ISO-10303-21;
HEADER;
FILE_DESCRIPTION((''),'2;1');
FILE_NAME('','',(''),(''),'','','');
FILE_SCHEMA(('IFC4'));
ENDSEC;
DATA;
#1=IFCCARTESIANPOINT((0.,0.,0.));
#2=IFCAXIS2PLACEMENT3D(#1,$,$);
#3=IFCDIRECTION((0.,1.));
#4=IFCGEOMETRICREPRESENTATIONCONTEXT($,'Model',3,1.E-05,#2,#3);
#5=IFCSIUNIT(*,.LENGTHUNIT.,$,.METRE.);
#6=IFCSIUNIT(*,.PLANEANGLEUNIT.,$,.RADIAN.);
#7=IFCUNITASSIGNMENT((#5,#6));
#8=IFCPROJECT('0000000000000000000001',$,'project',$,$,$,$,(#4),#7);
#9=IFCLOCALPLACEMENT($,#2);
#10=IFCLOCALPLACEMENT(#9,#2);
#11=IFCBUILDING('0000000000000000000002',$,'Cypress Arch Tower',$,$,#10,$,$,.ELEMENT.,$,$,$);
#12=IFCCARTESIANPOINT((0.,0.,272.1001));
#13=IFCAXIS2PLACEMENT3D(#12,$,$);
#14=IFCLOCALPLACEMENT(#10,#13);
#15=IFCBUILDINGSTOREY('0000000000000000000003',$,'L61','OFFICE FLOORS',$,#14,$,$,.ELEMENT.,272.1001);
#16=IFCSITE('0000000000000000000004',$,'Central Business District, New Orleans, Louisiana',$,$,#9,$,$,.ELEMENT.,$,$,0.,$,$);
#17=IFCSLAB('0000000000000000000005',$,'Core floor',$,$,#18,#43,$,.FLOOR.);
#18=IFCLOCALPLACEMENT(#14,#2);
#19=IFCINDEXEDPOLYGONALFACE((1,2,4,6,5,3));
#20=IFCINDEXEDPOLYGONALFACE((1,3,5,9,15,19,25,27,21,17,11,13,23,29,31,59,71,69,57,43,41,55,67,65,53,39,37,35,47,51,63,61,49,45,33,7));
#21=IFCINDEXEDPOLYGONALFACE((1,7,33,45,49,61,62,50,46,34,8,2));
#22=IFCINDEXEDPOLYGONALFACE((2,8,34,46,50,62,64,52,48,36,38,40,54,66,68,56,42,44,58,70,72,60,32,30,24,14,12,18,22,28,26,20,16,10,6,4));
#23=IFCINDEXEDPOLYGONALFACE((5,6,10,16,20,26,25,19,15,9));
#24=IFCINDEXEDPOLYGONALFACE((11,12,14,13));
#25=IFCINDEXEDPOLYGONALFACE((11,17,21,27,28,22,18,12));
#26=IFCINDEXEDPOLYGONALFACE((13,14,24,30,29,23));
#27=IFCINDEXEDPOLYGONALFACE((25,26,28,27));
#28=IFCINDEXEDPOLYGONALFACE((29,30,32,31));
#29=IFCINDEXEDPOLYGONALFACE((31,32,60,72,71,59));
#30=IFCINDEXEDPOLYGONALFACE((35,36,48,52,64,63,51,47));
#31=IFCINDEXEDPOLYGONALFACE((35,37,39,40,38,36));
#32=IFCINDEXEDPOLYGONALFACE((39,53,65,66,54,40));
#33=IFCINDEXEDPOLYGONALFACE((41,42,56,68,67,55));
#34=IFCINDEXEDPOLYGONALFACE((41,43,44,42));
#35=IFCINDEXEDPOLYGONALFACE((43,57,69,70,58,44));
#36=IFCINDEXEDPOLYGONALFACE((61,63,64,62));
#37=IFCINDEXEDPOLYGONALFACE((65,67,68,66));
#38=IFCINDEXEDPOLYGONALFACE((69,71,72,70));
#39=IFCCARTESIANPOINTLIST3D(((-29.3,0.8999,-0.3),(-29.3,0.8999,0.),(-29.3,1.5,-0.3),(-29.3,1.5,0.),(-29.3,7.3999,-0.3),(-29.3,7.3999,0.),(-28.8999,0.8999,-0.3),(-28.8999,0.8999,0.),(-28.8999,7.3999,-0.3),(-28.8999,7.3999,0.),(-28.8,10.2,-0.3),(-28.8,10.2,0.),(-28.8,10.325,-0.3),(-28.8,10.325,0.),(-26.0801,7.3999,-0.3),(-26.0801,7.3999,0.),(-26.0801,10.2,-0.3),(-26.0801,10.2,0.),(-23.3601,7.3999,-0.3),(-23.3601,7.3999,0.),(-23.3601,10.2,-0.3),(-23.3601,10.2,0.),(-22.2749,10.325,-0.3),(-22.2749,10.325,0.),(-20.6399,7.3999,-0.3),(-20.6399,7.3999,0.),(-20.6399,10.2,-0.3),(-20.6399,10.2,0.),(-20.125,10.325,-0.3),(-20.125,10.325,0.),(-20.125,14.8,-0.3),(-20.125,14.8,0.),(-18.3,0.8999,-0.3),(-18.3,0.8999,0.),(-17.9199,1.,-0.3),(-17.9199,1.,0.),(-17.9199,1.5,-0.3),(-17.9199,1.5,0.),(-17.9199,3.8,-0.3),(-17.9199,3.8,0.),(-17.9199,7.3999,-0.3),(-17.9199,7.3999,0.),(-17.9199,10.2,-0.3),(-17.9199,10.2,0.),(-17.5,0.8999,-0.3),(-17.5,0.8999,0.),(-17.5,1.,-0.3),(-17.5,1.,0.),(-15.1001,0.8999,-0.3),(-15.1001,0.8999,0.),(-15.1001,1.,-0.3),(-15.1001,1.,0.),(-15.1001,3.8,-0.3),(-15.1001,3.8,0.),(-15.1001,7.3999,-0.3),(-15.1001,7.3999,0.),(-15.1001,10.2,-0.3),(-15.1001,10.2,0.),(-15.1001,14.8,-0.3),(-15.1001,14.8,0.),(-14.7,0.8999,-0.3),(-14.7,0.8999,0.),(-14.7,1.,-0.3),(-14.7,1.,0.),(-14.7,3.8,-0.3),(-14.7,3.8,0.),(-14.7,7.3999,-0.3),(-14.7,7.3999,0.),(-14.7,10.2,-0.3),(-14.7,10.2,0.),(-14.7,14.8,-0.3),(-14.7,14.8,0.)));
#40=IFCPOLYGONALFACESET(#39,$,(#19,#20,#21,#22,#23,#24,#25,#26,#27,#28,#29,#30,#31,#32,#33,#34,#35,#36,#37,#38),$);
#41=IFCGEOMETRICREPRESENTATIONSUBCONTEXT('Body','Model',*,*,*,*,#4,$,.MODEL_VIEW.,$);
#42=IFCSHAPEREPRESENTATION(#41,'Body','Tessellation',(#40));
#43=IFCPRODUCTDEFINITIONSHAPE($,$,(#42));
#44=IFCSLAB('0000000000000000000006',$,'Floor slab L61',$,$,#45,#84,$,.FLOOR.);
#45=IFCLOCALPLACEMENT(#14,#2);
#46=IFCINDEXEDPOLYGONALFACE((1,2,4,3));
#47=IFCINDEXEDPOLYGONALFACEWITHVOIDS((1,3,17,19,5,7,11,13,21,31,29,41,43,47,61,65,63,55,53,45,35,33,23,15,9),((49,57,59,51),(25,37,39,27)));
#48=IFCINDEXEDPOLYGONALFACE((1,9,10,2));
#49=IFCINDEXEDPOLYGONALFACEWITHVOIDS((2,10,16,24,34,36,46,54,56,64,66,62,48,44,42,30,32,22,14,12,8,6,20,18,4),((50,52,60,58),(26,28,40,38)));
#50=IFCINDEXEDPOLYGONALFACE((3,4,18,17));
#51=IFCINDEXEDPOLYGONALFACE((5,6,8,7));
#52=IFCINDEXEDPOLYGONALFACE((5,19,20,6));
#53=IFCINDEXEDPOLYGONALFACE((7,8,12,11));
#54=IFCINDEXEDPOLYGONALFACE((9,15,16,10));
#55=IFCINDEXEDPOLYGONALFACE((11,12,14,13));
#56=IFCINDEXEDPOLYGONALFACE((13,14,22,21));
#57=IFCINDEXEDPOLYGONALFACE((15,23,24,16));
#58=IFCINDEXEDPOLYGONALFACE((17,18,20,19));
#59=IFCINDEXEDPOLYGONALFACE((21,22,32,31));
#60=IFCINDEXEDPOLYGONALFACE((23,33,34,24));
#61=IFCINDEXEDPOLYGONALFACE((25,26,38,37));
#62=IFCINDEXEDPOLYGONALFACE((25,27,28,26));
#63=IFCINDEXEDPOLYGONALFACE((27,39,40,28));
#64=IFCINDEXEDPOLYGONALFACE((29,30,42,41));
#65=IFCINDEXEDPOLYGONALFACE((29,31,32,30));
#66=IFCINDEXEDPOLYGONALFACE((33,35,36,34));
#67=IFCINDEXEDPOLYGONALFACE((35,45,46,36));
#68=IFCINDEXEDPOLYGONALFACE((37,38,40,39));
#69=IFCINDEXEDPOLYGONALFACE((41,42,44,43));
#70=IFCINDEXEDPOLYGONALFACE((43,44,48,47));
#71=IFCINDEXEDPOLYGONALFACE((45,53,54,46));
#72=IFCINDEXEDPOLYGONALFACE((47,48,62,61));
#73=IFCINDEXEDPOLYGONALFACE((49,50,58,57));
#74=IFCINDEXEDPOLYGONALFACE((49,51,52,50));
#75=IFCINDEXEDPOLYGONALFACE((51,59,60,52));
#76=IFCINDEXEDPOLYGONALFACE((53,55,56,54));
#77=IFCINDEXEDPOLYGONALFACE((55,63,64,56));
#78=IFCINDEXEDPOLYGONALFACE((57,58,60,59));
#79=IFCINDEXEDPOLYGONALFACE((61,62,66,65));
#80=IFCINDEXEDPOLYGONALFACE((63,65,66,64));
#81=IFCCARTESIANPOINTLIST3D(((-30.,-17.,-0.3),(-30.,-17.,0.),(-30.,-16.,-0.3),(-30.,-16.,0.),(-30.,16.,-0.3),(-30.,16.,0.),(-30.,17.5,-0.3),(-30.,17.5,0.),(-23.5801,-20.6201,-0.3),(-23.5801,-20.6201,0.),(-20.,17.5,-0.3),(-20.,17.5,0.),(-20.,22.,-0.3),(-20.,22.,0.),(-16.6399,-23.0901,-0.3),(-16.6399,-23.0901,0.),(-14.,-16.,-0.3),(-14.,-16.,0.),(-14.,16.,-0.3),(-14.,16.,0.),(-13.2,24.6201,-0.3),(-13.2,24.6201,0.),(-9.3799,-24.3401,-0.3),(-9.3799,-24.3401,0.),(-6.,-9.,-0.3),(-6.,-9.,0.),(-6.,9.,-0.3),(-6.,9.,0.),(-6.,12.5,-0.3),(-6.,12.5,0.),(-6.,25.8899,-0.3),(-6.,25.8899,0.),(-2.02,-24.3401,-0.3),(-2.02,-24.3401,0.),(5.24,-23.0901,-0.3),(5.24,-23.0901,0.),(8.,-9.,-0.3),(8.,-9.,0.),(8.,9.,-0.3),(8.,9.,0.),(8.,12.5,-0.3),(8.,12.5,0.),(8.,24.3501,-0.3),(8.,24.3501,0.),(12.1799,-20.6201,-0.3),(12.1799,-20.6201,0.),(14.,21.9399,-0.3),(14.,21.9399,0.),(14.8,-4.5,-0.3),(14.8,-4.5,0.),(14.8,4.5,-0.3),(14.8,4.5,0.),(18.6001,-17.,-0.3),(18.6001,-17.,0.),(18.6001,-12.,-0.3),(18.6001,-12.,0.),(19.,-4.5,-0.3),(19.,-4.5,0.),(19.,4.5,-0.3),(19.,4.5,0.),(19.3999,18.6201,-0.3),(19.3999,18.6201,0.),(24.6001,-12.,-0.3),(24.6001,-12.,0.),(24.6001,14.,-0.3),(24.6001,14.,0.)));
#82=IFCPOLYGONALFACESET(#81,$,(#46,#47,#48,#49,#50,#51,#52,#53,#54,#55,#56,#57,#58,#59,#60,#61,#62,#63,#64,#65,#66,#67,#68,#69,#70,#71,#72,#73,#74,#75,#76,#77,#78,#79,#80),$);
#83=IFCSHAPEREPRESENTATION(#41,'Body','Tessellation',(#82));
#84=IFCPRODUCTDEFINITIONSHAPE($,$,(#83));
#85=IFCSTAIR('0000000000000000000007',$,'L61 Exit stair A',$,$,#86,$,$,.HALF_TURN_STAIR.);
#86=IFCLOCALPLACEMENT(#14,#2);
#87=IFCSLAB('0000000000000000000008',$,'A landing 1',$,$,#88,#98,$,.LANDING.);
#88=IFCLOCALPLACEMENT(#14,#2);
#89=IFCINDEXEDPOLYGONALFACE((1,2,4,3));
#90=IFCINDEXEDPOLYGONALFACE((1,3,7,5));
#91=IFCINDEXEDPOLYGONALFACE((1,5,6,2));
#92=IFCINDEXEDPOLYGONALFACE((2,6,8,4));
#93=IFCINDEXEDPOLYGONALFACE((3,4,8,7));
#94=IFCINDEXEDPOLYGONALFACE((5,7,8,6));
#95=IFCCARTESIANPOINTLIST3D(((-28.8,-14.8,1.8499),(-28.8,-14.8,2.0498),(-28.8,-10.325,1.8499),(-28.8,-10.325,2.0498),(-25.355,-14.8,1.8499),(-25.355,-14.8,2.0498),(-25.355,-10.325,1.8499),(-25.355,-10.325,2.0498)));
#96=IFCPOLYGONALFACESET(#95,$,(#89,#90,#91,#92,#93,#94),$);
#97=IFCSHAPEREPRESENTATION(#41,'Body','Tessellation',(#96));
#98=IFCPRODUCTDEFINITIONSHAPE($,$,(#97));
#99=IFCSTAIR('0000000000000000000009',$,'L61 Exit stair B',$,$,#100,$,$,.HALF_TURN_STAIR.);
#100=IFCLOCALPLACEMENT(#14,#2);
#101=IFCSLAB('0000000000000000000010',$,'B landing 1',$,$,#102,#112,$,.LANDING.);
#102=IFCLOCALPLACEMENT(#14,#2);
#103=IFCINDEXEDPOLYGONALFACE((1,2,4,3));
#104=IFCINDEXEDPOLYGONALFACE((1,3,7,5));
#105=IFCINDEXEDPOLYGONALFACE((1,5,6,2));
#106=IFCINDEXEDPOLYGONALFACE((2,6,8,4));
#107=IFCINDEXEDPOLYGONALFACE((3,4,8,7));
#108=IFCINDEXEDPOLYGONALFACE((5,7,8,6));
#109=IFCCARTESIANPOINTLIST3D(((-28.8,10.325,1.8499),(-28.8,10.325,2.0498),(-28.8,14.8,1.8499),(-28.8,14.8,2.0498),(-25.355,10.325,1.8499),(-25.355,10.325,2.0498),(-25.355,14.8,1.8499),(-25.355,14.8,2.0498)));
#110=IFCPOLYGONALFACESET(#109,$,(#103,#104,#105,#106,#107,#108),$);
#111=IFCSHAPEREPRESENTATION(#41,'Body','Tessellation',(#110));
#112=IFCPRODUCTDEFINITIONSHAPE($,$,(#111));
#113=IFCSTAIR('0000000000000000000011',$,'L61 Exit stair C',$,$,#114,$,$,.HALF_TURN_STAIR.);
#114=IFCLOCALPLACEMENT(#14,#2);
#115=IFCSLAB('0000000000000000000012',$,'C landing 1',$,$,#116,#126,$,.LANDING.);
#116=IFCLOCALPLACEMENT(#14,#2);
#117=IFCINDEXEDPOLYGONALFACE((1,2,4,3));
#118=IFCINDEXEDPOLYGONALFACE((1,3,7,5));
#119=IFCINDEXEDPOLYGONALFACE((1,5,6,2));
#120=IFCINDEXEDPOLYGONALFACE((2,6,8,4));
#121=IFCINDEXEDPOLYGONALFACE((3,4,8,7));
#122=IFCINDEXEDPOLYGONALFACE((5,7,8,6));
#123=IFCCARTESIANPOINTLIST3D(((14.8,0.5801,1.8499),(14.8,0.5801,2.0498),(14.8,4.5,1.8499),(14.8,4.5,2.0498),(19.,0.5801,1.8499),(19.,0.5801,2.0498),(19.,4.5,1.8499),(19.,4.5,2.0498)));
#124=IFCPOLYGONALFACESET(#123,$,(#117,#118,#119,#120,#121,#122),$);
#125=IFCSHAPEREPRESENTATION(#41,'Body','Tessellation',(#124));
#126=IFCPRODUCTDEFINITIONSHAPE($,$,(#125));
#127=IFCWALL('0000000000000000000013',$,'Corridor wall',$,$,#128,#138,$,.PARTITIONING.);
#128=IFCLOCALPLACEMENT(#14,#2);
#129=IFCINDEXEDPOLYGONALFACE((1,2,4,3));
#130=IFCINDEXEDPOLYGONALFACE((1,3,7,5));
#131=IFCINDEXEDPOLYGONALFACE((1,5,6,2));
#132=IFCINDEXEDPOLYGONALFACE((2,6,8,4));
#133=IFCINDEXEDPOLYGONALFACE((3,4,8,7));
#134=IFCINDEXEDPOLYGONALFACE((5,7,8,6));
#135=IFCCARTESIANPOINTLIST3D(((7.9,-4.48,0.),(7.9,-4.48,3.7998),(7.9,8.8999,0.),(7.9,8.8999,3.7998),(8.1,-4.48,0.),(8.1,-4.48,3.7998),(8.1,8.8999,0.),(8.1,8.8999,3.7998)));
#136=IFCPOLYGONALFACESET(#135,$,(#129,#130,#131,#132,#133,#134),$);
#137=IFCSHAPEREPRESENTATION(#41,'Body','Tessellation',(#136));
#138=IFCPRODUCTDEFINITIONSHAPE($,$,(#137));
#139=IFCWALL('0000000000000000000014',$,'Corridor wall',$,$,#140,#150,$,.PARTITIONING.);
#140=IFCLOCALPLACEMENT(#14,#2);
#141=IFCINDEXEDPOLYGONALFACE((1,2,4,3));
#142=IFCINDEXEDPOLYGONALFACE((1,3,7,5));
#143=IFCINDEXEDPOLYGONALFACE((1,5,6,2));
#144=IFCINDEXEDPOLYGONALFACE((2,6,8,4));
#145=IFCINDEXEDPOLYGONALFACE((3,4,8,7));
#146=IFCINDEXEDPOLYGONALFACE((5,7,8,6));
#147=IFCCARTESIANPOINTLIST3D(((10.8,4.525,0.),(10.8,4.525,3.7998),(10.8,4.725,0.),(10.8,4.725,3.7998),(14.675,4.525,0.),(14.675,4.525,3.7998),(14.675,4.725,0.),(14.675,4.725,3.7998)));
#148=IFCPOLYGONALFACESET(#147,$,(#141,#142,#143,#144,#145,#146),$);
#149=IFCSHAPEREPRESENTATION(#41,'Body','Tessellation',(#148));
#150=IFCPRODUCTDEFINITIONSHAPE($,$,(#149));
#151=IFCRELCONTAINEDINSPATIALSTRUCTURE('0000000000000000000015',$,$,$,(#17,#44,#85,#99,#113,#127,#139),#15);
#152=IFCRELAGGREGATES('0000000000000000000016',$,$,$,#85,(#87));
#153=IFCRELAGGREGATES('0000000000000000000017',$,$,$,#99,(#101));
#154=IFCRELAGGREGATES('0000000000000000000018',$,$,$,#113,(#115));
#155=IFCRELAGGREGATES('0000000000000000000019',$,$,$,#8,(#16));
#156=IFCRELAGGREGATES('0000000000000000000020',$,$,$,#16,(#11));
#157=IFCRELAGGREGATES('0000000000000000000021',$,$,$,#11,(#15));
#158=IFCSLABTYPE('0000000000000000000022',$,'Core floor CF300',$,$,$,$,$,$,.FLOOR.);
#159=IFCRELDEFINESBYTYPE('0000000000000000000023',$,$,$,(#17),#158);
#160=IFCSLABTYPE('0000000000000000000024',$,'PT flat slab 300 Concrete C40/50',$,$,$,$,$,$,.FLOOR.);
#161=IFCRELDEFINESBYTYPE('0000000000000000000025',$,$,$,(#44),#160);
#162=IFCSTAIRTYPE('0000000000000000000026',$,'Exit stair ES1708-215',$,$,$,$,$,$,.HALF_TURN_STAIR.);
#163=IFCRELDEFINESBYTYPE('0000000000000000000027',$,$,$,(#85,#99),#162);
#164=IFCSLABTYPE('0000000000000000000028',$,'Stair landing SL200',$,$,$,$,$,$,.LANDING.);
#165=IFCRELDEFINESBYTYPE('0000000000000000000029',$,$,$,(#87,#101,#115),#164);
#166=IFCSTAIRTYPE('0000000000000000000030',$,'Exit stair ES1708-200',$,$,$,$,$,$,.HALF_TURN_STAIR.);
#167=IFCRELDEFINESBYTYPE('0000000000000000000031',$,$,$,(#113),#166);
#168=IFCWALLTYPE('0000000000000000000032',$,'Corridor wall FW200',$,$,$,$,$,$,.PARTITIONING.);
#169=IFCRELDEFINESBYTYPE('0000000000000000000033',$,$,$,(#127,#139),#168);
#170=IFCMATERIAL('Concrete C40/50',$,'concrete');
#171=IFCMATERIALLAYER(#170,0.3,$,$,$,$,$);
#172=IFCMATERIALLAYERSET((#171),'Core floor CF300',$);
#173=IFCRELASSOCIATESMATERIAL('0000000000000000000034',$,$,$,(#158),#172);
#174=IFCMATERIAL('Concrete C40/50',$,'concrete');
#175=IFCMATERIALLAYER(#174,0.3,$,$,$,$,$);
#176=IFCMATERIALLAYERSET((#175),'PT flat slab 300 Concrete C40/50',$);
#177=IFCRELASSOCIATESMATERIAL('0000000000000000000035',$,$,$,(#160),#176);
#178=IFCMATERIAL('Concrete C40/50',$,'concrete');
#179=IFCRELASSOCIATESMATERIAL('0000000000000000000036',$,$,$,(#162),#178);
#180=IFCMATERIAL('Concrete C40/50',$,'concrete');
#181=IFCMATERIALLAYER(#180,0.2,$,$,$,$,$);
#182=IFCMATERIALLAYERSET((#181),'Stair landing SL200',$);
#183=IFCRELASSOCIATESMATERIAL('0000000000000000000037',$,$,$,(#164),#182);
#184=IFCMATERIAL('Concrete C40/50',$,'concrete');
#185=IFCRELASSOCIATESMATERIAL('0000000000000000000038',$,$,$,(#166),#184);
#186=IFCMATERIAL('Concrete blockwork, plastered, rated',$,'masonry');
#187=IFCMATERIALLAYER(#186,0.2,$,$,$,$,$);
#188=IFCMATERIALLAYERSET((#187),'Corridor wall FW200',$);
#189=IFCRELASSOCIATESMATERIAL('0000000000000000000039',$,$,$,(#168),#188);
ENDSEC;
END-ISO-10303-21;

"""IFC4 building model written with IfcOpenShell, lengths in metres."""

from ifc_helpers import new_model, si_unit, direction, frame, frame_2d, origin, place, context, subcontext, project, spatial, polyline, rectangle, outline, extrude, material, layer, layer_set, type_object, element, aggregate, save


model = new_model("IFC4")

# Units and contexts
model_context = context("Model", 3, precision=1e-05, world=origin(), true_north=direction((0.0, 1.0)))
body_context = subcontext(model_context, "Body", "Model", "MODEL_VIEW")
ifc_project = project(units=[si_unit("LENGTHUNIT", "METRE"), si_unit("PLANEANGLEUNIT", "RADIAN")], contexts=[model_context])

# Site, building, storey
site_placement = place(None, origin())
site = spatial("IfcSite", under=ifc_project, at=site_placement, Name="Central Business District, New Orleans, Louisiana", CompositionType="ELEMENT", RefElevation=0.0)
building_placement = place(site_placement, origin())
building = spatial("IfcBuilding", under=site, at=building_placement, Name="Cypress Arch Tower", CompositionType="ELEMENT")
storey_placement = place(building_placement, frame((0.0, 0.0, 272.1001)))
storey = spatial("IfcBuildingStorey", under=building, at=storey_placement, Name="L61", Description="OFFICE FLOORS", CompositionType="ELEMENT", Elevation=272.1001)

# Slabs
ifc_material_1 = material(Name="Concrete C40/50", Category="concrete")
ifc_layer_1 = layer(ifc_material_1, 0.3)
ifc_layer_set_1 = layer_set([ifc_layer_1], Name="Core floor CF300")
slab_type_1 = type_object("IfcSlabType", Name="Core floor CF300", PredefinedType="FLOOR", material=ifc_layer_set_1)
slab_1_placement = place(storey_placement, frame((0.0, 0.0, -0.3)))
element("IfcSlab", 1, at=slab_1_placement, inside=storey, type_object=slab_type_1, Name="Core floor", PredefinedType="FLOOR", context=body_context, shape_type="SweptSolid", body=[
    extrude(outline(polyline([(-20.6399, 10.2), (-23.3601, 10.2), (-26.0801, 10.2), (-28.8, 10.2), (-28.8, 10.325), (-22.2749, 10.325), (-20.125, 10.325), (-20.125, 14.8), (-15.1001, 14.8), (-14.7, 14.8), (-14.7, 10.2), (-15.1001, 10.2), (-17.9199, 10.2), (-17.9199, 7.3999), (-15.1001, 7.3999), (-14.7, 7.3999), (-14.7, 3.8), (-15.1001, 3.8), (-17.9199, 3.8), (-17.9199, 1.5), (-17.9199, 1.0), (-17.5, 1.0), (-15.1001, 1.0), (-14.7, 1.0), (-14.7, 0.8999), (-15.1001, 0.8999), (-17.5, 0.8999), (-18.3, 0.8999), (-28.8999, 0.8999), (-29.3, 0.8999), (-29.3, 1.5), (-29.3, 7.3999), (-28.8999, 7.3999), (-26.0801, 7.3999), (-23.3601, 7.3999), (-20.6399, 7.3999), (-20.6399, 10.2)])), origin(), (0.0, 0.0, 1.0), 0.3),
])
ifc_material_2 = material(Name="Concrete C40/50", Category="concrete")
ifc_layer_2 = layer(ifc_material_2, 0.3)
ifc_layer_set_2 = layer_set([ifc_layer_2], Name="PT flat slab 300 Concrete C40/50")
slab_type_2 = type_object("IfcSlabType", Name="PT flat slab 300 Concrete C40/50", PredefinedType="FLOOR", material=ifc_layer_set_2)
slab_2_placement = place(storey_placement, frame((0.0, 0.0, -0.3)))
element("IfcSlab", 2, at=slab_2_placement, inside=storey, type_object=slab_type_2, Name="Floor slab L61", PredefinedType="FLOOR", context=body_context, shape_type="SweptSolid", body=[
    extrude(outline(polyline([(-30.0, 17.5), (-20.0, 17.5), (-20.0, 22.0), (-13.2, 24.6201), (-6.0, 25.8899), (-6.0, 12.5), (8.0, 12.5), (8.0, 24.3501), (14.0, 21.9399), (19.3999, 18.6201), (24.6001, 14.0), (24.6001, -12.0), (18.6001, -12.0), (18.6001, -17.0), (12.1799, -20.6201), (5.24, -23.0901), (-2.02, -24.3401), (-9.3799, -24.3401), (-16.6399, -23.0901), (-23.5801, -20.6201), (-30.0, -17.0), (-30.0, -16.0), (-14.0, -16.0), (-14.0, 16.0), (-30.0, 16.0), (-30.0, 17.5)]), holes=[polyline([(-6.0, -9.0), (8.0, -9.0), (8.0, 9.0), (-6.0, 9.0), (-6.0, -9.0)]), polyline([(14.8, -4.5), (19.0, -4.5), (19.0, 4.5), (14.8, 4.5), (14.8, -4.5)])]), origin(), (0.0, 0.0, 1.0), 0.3),
])

# Stairs, slabs
ifc_material_3 = material(Name="Concrete C40/50", Category="concrete")
stair_type_1 = type_object("IfcStairType", Name="Exit stair ES1708-215", PredefinedType="HALF_TURN_STAIR", material=ifc_material_3)
stair_1_placement = place(storey_placement, origin())
stair_1 = element("IfcStair", 3, at=stair_1_placement, inside=storey, type_object=stair_type_1, Name="L61 Exit stair A", PredefinedType="HALF_TURN_STAIR")
ifc_material_4 = material(Name="Concrete C40/50", Category="concrete")
ifc_layer_3 = layer(ifc_material_4, 0.2)
ifc_layer_set_3 = layer_set([ifc_layer_3], Name="Stair landing SL200")
slab_type_3 = type_object("IfcSlabType", Name="Stair landing SL200", PredefinedType="LANDING", material=ifc_layer_set_3)
slab_3_placement = place(storey_placement, frame((0.0, 0.0, 1.8499)))
slab_3 = element("IfcSlab", 4, at=slab_3_placement, type_object=slab_type_3, Name="A landing 1", PredefinedType="LANDING", context=body_context, shape_type="SweptSolid", body=[
    extrude(outline(polyline([(-25.355, -10.325), (-28.8, -10.325), (-28.8, -14.8), (-25.355, -14.8), (-25.355, -10.325)])), origin(), (0.0, 0.0, 1.0), 0.2),
])
aggregate(stair_1, [slab_3])
stair_2_placement = place(storey_placement, origin())
stair_2 = element("IfcStair", 5, at=stair_2_placement, inside=storey, type_object=stair_type_1, Name="L61 Exit stair B", PredefinedType="HALF_TURN_STAIR")
slab_4_placement = place(storey_placement, frame((0.0, 0.0, 1.8499)))
slab_4 = element("IfcSlab", 6, at=slab_4_placement, type_object=slab_type_3, Name="B landing 1", PredefinedType="LANDING", context=body_context, shape_type="SweptSolid", body=[
    extrude(outline(polyline([(-25.355, 14.8), (-28.8, 14.8), (-28.8, 10.325), (-25.355, 10.325), (-25.355, 14.8)])), origin(), (0.0, 0.0, 1.0), 0.2),
])
aggregate(stair_2, [slab_4])
ifc_material_5 = material(Name="Concrete C40/50", Category="concrete")
stair_type_2 = type_object("IfcStairType", Name="Exit stair ES1708-200", PredefinedType="HALF_TURN_STAIR", material=ifc_material_5)
stair_3_placement = place(storey_placement, origin())
stair_3 = element("IfcStair", 7, at=stair_3_placement, inside=storey, type_object=stair_type_2, Name="L61 Exit stair C", PredefinedType="HALF_TURN_STAIR")
slab_5_placement = place(storey_placement, frame((0.0, 0.0, 1.8499)))
slab_5 = element("IfcSlab", 8, at=slab_5_placement, type_object=slab_type_3, Name="C landing 1", PredefinedType="LANDING", context=body_context, shape_type="SweptSolid", body=[
    extrude(outline(polyline([(19.0, 0.5801), (19.0, 4.5), (14.8, 4.5), (14.8, 0.5801), (19.0, 0.5801)])), origin(), (0.0, 0.0, 1.0), 0.2),
])
aggregate(stair_3, [slab_5])

# Walls
ifc_material_6 = material(Name="Concrete blockwork, plastered, rated", Category="masonry")
ifc_layer_4 = layer(ifc_material_6, 0.2)
ifc_layer_set_4 = layer_set([ifc_layer_4], Name="Corridor wall FW200")
wall_type_1 = type_object("IfcWallType", Name="Corridor wall FW200", PredefinedType="PARTITIONING", material=ifc_layer_set_4)
wall_1_placement = place(storey_placement, frame((8.0, -4.48, 0.0), z_axis=(0.0, 0.0, 1.0), x_axis=(0.0, 1.0, 0.0)))
element("IfcWall", 9, at=wall_1_placement, inside=storey, type_object=wall_type_1, Name="Corridor wall", PredefinedType="PARTITIONING", context=body_context, shape_type="SweptSolid", body=[
    extrude(rectangle(XDim=13.3799, YDim=0.2, at=frame_2d((6.6899, 0.0))), origin(), (0.0, 0.0, 1.0), 3.7998),
])
wall_2_placement = place(storey_placement, frame((10.8, 4.625, 0.0), z_axis=(0.0, 0.0, 1.0), x_axis=(1.0, 0.0, 0.0)))
element("IfcWall", 10, at=wall_2_placement, inside=storey, type_object=wall_type_1, Name="Corridor wall", PredefinedType="PARTITIONING", context=body_context, shape_type="SweptSolid", body=[
    extrude(rectangle(XDim=3.875, YDim=0.2, at=frame_2d((1.9375, 0.0))), origin(), (0.0, 0.0, 1.0), 3.7998),
])

save(model, "model.ifc")
